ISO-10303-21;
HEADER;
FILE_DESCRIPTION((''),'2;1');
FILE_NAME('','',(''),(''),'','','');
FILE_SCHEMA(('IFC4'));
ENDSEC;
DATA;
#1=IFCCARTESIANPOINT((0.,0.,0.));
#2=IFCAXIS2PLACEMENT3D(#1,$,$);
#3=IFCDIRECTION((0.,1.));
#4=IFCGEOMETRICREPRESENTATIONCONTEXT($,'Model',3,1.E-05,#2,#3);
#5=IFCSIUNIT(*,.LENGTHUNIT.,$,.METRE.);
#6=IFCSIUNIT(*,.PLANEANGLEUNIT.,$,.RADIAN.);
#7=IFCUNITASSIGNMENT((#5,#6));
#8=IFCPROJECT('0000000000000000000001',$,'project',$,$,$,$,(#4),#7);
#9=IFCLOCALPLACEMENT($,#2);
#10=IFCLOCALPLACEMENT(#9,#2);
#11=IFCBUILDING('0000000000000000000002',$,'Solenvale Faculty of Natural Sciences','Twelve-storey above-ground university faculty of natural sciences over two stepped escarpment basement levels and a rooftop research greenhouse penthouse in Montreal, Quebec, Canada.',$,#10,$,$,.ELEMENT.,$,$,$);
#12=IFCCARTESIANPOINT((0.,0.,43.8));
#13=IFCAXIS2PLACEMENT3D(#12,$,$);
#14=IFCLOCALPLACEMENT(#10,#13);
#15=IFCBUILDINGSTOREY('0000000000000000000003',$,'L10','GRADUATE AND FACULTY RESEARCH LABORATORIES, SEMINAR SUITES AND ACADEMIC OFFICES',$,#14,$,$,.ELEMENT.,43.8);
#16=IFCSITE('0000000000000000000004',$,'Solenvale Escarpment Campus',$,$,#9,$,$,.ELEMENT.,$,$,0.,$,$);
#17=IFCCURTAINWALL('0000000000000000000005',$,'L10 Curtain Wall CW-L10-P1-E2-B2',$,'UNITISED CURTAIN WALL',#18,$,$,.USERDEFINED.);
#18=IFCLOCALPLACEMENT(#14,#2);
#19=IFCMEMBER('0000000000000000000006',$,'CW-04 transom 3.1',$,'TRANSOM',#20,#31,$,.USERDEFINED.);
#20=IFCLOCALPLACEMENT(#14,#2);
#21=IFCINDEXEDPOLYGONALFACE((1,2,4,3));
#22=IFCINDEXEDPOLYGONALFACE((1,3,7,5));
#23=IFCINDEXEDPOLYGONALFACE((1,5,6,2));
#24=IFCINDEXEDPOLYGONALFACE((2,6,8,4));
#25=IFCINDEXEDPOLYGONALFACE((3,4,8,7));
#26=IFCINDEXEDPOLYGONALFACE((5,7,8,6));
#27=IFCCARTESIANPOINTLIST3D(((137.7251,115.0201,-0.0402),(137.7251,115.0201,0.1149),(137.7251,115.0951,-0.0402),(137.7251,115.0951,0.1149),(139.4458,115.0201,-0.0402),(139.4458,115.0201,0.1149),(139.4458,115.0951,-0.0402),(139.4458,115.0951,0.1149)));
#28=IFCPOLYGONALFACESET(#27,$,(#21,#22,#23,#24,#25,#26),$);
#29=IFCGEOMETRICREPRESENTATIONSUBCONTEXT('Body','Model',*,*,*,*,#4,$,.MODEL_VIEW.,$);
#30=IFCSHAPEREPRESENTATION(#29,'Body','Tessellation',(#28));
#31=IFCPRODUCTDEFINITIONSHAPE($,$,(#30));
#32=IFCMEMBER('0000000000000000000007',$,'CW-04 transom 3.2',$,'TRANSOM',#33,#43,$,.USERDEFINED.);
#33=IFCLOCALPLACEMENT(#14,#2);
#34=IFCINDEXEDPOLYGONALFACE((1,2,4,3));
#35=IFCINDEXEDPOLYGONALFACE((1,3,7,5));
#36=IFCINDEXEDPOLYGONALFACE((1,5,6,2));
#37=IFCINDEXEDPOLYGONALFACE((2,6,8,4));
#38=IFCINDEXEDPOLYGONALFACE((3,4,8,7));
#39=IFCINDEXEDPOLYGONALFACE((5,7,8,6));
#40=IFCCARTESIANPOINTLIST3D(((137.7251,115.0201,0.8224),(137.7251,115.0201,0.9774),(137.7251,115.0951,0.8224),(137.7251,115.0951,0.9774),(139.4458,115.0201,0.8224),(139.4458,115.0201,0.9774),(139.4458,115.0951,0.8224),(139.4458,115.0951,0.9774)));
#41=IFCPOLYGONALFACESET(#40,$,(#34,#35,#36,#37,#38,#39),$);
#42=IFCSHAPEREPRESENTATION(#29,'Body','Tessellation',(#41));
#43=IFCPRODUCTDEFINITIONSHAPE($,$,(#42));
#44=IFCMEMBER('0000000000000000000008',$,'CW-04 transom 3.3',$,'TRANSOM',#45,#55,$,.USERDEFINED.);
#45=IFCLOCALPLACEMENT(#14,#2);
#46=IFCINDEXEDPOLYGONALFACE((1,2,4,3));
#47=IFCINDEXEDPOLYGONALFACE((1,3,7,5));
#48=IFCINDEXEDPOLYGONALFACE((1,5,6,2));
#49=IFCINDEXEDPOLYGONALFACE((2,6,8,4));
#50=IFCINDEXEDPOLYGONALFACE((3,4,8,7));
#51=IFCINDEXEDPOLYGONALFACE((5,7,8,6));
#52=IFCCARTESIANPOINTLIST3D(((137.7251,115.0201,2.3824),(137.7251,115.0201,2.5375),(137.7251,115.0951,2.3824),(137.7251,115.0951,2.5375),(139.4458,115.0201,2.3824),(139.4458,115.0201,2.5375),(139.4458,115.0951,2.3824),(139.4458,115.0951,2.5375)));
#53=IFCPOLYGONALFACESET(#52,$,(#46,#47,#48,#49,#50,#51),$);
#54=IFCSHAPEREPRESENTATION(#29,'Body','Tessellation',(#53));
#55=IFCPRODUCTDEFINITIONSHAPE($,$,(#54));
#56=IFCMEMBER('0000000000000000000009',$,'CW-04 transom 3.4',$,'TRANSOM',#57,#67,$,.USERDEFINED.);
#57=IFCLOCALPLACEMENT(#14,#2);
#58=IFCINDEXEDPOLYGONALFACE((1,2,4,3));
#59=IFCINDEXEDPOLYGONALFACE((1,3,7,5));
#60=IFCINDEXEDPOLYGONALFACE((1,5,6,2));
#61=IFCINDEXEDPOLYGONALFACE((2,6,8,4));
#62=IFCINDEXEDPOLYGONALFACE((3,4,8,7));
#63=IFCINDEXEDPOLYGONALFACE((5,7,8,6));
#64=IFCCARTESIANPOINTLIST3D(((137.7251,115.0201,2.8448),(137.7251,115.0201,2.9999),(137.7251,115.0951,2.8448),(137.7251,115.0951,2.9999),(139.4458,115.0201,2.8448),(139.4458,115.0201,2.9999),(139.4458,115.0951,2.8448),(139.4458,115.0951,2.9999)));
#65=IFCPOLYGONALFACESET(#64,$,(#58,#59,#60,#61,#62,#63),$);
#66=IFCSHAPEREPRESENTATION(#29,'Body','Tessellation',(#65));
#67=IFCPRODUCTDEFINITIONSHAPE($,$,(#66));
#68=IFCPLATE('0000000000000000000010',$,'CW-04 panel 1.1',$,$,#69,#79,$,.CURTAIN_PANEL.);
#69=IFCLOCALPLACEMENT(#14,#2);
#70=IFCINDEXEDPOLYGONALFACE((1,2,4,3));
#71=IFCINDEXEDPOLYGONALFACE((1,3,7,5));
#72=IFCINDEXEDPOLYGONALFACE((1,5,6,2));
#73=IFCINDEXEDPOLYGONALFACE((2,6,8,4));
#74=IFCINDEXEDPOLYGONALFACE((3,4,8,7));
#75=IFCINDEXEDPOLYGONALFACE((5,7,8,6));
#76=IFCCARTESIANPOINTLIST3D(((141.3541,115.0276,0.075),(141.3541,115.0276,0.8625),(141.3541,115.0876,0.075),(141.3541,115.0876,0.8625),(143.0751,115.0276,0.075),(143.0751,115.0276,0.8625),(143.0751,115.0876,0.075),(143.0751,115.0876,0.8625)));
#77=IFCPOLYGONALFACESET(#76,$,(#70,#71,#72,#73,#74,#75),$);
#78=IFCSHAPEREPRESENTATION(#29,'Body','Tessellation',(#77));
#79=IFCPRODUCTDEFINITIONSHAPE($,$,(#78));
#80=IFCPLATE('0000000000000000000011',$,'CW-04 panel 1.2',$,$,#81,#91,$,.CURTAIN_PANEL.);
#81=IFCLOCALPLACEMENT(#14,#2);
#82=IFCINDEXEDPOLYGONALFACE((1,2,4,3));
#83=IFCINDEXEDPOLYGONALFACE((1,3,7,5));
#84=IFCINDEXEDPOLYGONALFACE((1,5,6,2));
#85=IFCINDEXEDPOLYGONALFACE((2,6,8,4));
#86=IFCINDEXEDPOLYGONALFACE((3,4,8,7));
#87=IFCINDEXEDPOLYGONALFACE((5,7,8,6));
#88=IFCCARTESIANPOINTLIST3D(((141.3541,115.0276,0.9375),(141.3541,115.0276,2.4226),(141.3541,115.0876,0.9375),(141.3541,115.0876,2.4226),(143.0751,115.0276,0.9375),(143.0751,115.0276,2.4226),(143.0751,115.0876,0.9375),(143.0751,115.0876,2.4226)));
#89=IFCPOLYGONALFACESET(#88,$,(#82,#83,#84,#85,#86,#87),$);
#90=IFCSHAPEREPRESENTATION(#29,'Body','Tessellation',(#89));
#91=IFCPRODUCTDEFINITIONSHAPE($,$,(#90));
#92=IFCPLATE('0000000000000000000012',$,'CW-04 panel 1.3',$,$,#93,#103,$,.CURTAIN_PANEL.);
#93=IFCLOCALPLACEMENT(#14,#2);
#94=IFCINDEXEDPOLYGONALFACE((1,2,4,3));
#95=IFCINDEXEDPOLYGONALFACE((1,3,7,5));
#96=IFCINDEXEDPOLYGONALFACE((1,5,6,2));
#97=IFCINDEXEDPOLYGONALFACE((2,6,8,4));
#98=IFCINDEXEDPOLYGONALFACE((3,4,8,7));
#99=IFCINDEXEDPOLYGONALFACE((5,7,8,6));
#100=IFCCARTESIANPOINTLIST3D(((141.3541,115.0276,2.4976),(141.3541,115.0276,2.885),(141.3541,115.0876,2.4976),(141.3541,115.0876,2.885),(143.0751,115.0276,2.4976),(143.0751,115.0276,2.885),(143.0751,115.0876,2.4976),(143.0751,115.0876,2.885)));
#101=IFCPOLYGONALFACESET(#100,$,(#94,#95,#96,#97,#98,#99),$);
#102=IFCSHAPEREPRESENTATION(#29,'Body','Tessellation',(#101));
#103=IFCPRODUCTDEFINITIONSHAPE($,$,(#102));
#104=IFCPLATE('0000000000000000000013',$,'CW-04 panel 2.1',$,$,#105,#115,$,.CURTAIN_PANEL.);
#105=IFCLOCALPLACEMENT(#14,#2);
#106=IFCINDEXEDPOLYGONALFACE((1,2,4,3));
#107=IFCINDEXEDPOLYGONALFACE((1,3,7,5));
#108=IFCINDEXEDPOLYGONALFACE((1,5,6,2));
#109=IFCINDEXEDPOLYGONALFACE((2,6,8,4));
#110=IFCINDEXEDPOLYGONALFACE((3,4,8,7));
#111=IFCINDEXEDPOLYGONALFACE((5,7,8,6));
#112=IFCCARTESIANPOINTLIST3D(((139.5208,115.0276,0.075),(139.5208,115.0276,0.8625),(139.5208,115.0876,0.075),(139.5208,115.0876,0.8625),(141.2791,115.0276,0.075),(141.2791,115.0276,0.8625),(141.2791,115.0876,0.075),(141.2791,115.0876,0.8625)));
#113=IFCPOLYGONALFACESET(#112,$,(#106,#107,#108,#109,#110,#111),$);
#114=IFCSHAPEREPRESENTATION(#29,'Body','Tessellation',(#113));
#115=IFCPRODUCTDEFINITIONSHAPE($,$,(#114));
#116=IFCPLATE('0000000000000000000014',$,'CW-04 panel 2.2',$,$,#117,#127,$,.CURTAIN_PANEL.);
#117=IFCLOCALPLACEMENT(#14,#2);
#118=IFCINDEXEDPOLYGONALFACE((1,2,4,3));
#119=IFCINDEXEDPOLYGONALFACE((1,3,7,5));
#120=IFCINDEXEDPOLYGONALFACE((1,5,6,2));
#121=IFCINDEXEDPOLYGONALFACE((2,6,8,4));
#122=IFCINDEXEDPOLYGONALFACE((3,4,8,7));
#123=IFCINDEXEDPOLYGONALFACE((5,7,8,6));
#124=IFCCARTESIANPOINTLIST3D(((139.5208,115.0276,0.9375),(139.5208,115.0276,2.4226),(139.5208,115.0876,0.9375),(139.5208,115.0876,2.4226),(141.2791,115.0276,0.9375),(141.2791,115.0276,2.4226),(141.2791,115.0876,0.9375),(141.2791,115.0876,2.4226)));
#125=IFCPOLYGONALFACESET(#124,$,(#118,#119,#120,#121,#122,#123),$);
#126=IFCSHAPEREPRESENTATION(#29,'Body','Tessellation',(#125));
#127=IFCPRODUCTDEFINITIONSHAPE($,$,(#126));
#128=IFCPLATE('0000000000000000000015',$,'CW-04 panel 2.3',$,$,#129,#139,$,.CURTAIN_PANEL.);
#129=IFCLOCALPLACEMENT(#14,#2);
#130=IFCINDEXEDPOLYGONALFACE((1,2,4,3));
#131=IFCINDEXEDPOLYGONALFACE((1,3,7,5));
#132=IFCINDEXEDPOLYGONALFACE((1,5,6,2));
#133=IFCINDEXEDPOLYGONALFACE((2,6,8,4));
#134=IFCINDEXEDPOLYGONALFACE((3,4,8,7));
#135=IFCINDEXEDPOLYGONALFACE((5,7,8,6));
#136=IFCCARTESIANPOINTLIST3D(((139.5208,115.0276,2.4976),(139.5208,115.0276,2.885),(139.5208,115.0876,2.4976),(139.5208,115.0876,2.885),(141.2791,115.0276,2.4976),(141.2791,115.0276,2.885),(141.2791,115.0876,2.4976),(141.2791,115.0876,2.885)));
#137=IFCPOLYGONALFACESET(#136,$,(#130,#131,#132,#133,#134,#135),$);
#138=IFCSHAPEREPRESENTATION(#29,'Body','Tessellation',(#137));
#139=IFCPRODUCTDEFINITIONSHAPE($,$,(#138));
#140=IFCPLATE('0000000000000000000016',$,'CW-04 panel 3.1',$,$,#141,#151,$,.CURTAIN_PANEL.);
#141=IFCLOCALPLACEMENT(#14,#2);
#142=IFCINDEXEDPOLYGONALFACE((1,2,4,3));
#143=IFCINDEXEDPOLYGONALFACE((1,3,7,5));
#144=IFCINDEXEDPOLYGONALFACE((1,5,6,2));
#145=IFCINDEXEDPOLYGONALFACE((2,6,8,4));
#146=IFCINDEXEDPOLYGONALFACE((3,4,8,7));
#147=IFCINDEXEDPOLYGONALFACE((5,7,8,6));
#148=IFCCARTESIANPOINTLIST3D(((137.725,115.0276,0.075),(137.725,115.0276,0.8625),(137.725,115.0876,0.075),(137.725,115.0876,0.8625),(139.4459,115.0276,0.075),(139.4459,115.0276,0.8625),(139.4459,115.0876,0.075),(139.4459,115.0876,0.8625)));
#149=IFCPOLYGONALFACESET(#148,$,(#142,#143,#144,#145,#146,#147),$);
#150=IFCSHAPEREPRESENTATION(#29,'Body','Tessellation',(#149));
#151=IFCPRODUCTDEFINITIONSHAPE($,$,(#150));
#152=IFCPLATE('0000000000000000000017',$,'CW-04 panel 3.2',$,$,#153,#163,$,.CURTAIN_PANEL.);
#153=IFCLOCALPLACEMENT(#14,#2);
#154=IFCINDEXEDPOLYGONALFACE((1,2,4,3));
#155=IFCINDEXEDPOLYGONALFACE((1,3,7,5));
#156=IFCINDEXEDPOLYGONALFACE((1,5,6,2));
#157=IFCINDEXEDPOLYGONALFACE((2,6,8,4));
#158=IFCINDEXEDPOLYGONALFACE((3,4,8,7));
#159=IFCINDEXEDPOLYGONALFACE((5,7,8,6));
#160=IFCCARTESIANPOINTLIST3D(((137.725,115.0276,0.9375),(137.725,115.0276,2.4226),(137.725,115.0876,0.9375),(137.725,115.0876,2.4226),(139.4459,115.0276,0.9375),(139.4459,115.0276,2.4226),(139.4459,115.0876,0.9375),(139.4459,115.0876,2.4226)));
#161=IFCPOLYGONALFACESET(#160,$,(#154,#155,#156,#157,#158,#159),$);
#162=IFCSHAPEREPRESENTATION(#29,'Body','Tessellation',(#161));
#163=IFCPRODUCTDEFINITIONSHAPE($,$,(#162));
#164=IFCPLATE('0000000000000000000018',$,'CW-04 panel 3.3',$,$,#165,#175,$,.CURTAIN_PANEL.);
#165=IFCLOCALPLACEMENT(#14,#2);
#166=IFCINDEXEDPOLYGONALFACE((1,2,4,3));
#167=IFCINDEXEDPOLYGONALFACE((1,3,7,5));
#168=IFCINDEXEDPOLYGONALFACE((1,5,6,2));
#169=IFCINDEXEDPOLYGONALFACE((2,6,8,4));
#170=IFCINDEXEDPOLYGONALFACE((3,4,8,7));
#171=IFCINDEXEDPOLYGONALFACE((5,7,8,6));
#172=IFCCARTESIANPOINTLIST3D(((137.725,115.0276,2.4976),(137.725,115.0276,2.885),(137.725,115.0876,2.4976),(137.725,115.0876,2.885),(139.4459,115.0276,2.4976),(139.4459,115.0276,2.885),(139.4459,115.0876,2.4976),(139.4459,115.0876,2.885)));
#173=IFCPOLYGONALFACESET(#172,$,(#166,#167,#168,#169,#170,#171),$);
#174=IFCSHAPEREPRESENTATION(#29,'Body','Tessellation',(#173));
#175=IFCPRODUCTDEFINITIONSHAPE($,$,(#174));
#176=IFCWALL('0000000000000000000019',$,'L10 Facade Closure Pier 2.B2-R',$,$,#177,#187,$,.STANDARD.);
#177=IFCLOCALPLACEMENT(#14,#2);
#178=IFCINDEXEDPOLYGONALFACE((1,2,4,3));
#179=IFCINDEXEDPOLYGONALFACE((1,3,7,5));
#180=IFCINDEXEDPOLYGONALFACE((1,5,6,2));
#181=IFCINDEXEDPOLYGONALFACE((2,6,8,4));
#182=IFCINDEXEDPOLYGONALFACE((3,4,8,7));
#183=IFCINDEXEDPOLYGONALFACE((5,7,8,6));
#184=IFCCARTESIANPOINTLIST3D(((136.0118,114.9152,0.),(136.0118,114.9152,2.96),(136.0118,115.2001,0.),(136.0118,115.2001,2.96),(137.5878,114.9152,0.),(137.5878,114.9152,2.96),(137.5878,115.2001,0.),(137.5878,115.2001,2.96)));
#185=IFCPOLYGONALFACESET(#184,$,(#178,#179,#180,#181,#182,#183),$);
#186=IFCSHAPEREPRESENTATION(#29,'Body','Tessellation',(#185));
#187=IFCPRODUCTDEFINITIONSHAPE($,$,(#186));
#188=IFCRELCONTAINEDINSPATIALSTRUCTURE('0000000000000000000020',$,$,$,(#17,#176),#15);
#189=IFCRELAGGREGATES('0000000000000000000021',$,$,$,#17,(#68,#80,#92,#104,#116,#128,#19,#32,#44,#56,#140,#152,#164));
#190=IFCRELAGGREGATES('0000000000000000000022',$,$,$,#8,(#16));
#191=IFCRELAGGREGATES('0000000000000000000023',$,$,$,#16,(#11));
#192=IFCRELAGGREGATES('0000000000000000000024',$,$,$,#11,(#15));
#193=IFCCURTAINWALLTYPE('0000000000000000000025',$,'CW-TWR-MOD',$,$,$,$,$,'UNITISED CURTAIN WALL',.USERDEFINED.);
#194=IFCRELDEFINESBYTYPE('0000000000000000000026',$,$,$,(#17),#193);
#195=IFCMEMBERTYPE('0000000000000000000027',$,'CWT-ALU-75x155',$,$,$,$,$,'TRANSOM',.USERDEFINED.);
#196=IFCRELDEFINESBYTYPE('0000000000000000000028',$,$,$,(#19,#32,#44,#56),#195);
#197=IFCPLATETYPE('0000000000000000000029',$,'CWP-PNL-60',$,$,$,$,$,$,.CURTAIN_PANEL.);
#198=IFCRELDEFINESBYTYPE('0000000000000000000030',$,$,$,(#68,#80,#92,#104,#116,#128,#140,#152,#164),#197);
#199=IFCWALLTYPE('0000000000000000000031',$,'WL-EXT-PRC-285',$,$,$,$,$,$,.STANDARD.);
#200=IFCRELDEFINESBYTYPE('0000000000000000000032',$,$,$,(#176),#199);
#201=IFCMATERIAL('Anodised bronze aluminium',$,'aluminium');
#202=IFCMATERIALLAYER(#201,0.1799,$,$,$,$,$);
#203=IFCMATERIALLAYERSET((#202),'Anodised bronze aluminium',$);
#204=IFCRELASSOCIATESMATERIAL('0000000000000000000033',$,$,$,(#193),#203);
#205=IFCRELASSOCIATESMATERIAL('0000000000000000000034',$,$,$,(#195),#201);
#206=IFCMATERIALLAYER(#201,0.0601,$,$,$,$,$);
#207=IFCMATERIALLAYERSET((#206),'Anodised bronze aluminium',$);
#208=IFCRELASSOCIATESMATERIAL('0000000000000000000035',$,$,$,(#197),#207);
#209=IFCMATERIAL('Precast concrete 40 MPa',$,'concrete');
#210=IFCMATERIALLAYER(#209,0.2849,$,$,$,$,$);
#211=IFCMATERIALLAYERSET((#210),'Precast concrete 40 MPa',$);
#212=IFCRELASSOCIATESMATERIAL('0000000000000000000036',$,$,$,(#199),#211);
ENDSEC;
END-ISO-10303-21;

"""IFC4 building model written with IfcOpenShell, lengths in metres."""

from ifc_helpers import new_model, si_unit, direction, frame, frame_2d, origin, origin_2d, place, context, subcontext, project, spatial, rectangle, extrude, material, layer, layer_set, material_profile, profile_set, type_object, element, aggregate, save


model = new_model("IFC4")

# Units and contexts
model_context = context("Model", 3, precision=1e-05, world=origin(), true_north=direction((0.0, 1.0)))
body_context = subcontext(model_context, "Body", "Model", "MODEL_VIEW")
ifc_project = project(units=[si_unit("LENGTHUNIT", "METRE"), si_unit("PLANEANGLEUNIT", "RADIAN")], contexts=[model_context])

# Site, building, storey
site_placement = place(None, origin())
site = spatial("IfcSite", under=ifc_project, at=site_placement, Name="Solenvale Escarpment Campus", CompositionType="ELEMENT", RefElevation=0.0)
building_placement = place(site_placement, origin())
building = spatial("IfcBuilding", under=site, at=building_placement, Name="Solenvale Faculty of Natural Sciences", Description="Twelve-storey above-ground university faculty of natural sciences over two stepped escarpment basement levels and a rooftop research greenhouse penthouse in Montreal, Quebec, Canada.", CompositionType="ELEMENT")
storey_placement = place(building_placement, frame((0.0, 0.0, 43.8)))
storey = spatial("IfcBuildingStorey", under=building, at=storey_placement, Name="L10", Description="GRADUATE AND FACULTY RESEARCH LABORATORIES, SEMINAR SUITES AND ACADEMIC OFFICES", CompositionType="ELEMENT", Elevation=43.8)

# Shared definitions
ifc_material_1 = material(Name="Precast concrete 40 MPa", Category="concrete")

# Curtain wall, members, plates
ifc_material_2 = material(Name="Anodised bronze aluminium", Category="aluminium")
ifc_layer_1 = layer(ifc_material_2, 0.1799)
ifc_layer_set_1 = layer_set([ifc_layer_1], Name="Anodised bronze aluminium")
curtain_wall_type = type_object("IfcCurtainWallType", Name="CW-TWR-MOD", ElementType="UNITISED CURTAIN WALL", PredefinedType="USERDEFINED", material=ifc_layer_set_1)
curtain_wall_placement = place(storey_placement, origin())
curtain_wall = element("IfcCurtainWall", 1, at=curtain_wall_placement, inside=storey, type_object=curtain_wall_type, Name="L10 Curtain Wall CW-L10-P1-E2-B2", ObjectType="UNITISED CURTAIN WALL", PredefinedType="USERDEFINED")
ifc_material_profile_1 = material_profile(ifc_material_2, rectangle(XDim=0.075, YDim=0.155, at=origin_2d()), Name="ALU-TRN-75x155")
ifc_profile_set_1 = profile_set([ifc_material_profile_1], Name="Anodised bronze aluminium")
member_type_1 = type_object("IfcMemberType", Name="CWT-ALU-75x155", ElementType="TRANSOM", PredefinedType="USERDEFINED", material=ifc_profile_set_1)
member_1_placement = place(storey_placement, frame((139.4458, 115.0576, 0.0374), z_axis=(-1.0, 0.0, 0.0), x_axis=(0.0, -1.0, 0.0)))
member_1 = element("IfcMember", 2, at=member_1_placement, type_object=member_type_1, Name="CW-04 transom 3.1", ObjectType="TRANSOM", PredefinedType="USERDEFINED", context=body_context, shape_type="SweptSolid", body=[
    extrude(rectangle(XDim=0.075, YDim=0.155, at=origin_2d()), origin(), (0.0, 0.0, 1.0), 1.7207),
])
member_2_placement = place(storey_placement, frame((139.4458, 115.0576, 0.8999), z_axis=(-1.0, 0.0, 0.0), x_axis=(0.0, -1.0, 0.0)))
member_2 = element("IfcMember", 3, at=member_2_placement, type_object=member_type_1, Name="CW-04 transom 3.2", ObjectType="TRANSOM", PredefinedType="USERDEFINED", context=body_context, shape_type="SweptSolid", body=[
    extrude(rectangle(XDim=0.075, YDim=0.155, at=origin_2d()), origin(), (0.0, 0.0, 1.0), 1.7207),
])
member_3_placement = place(storey_placement, frame((139.4458, 115.0576, 2.46), z_axis=(-1.0, 0.0, 0.0), x_axis=(0.0, -1.0, 0.0)))
member_3 = element("IfcMember", 4, at=member_3_placement, type_object=member_type_1, Name="CW-04 transom 3.3", ObjectType="TRANSOM", PredefinedType="USERDEFINED", context=body_context, shape_type="SweptSolid", body=[
    extrude(rectangle(XDim=0.075, YDim=0.155, at=origin_2d()), origin(), (0.0, 0.0, 1.0), 1.7207),
])
member_4_placement = place(storey_placement, frame((139.4458, 115.0576, 2.9224), z_axis=(-1.0, 0.0, 0.0), x_axis=(0.0, -1.0, 0.0)))
member_4 = element("IfcMember", 5, at=member_4_placement, type_object=member_type_1, Name="CW-04 transom 3.4", ObjectType="TRANSOM", PredefinedType="USERDEFINED", context=body_context, shape_type="SweptSolid", body=[
    extrude(rectangle(XDim=0.075, YDim=0.155, at=origin_2d()), origin(), (0.0, 0.0, 1.0), 1.7207),
])
ifc_layer_2 = layer(ifc_material_2, 0.0601)
ifc_layer_set_2 = layer_set([ifc_layer_2], Name="Anodised bronze aluminium")
plate_type = type_object("IfcPlateType", Name="CWP-PNL-60", PredefinedType="CURTAIN_PANEL", material=ifc_layer_set_2)
plate_1_placement = place(storey_placement, frame((142.2146, 115.0576, 0.075), z_axis=(0.0, 0.0, 1.0), x_axis=(-1.0, 0.0, 0.0)))
plate_1 = element("IfcPlate", 6, at=plate_1_placement, type_object=plate_type, Name="CW-04 panel 1.1", PredefinedType="CURTAIN_PANEL", context=body_context, shape_type="SweptSolid", body=[
    extrude(rectangle(XDim=1.7209, YDim=0.0601, at=origin_2d()), origin(), (0.0, 0.0, 1.0), 0.7876),
])
plate_2_placement = place(storey_placement, frame((142.2146, 115.0576, 0.9375), z_axis=(0.0, 0.0, 1.0), x_axis=(-1.0, 0.0, 0.0)))
plate_2 = element("IfcPlate", 7, at=plate_2_placement, type_object=plate_type, Name="CW-04 panel 1.2", PredefinedType="CURTAIN_PANEL", context=body_context, shape_type="SweptSolid", body=[
    extrude(rectangle(XDim=1.7209, YDim=0.0601, at=origin_2d()), origin(), (0.0, 0.0, 1.0), 1.4851),
])
plate_3_placement = place(storey_placement, frame((142.2146, 115.0576, 2.4976), z_axis=(0.0, 0.0, 1.0), x_axis=(-1.0, 0.0, 0.0)))
plate_3 = element("IfcPlate", 8, at=plate_3_placement, type_object=plate_type, Name="CW-04 panel 1.3", PredefinedType="CURTAIN_PANEL", context=body_context, shape_type="SweptSolid", body=[
    extrude(rectangle(XDim=1.7209, YDim=0.0601, at=origin_2d()), origin(), (0.0, 0.0, 1.0), 0.3875),
])
plate_4_placement = place(storey_placement, frame((140.3999, 115.0576, 0.075), z_axis=(0.0, 0.0, 1.0), x_axis=(-1.0, 0.0, 0.0)))
plate_4 = element("IfcPlate", 9, at=plate_4_placement, type_object=plate_type, Name="CW-04 panel 2.1", PredefinedType="CURTAIN_PANEL", context=body_context, shape_type="SweptSolid", body=[
    extrude(rectangle(XDim=1.7583, YDim=0.0601, at=origin_2d()), origin(), (0.0, 0.0, 1.0), 0.7876),
])
plate_5_placement = place(storey_placement, frame((140.3999, 115.0576, 0.9375), z_axis=(0.0, 0.0, 1.0), x_axis=(-1.0, 0.0, 0.0)))
plate_5 = element("IfcPlate", 10, at=plate_5_placement, type_object=plate_type, Name="CW-04 panel 2.2", PredefinedType="CURTAIN_PANEL", context=body_context, shape_type="SweptSolid", body=[
    extrude(rectangle(XDim=1.7583, YDim=0.0601, at=origin_2d()), origin(), (0.0, 0.0, 1.0), 1.4851),
])
plate_6_placement = place(storey_placement, frame((140.3999, 115.0576, 2.4976), z_axis=(0.0, 0.0, 1.0), x_axis=(-1.0, 0.0, 0.0)))
plate_6 = element("IfcPlate", 11, at=plate_6_placement, type_object=plate_type, Name="CW-04 panel 2.3", PredefinedType="CURTAIN_PANEL", context=body_context, shape_type="SweptSolid", body=[
    extrude(rectangle(XDim=1.7583, YDim=0.0601, at=origin_2d()), origin(), (0.0, 0.0, 1.0), 0.3875),
])
plate_7_placement = place(storey_placement, frame((138.5854, 115.0576, 0.075), z_axis=(0.0, 0.0, 1.0), x_axis=(-1.0, 0.0, 0.0)))
plate_7 = element("IfcPlate", 12, at=plate_7_placement, type_object=plate_type, Name="CW-04 panel 3.1", PredefinedType="CURTAIN_PANEL", context=body_context, shape_type="SweptSolid", body=[
    extrude(rectangle(XDim=1.7209, YDim=0.0601, at=origin_2d()), origin(), (0.0, 0.0, 1.0), 0.7876),
])
plate_8_placement = place(storey_placement, frame((138.5854, 115.0576, 0.9375), z_axis=(0.0, 0.0, 1.0), x_axis=(-1.0, 0.0, 0.0)))
plate_8 = element("IfcPlate", 13, at=plate_8_placement, type_object=plate_type, Name="CW-04 panel 3.2", PredefinedType="CURTAIN_PANEL", context=body_context, shape_type="SweptSolid", body=[
    extrude(rectangle(XDim=1.7209, YDim=0.0601, at=origin_2d()), origin(), (0.0, 0.0, 1.0), 1.4851),
])
plate_9_placement = place(storey_placement, frame((138.5854, 115.0576, 2.4976), z_axis=(0.0, 0.0, 1.0), x_axis=(-1.0, 0.0, 0.0)))
plate_9 = element("IfcPlate", 14, at=plate_9_placement, type_object=plate_type, Name="CW-04 panel 3.3", PredefinedType="CURTAIN_PANEL", context=body_context, shape_type="SweptSolid", body=[
    extrude(rectangle(XDim=1.7209, YDim=0.0601, at=origin_2d()), origin(), (0.0, 0.0, 1.0), 0.3875),
])
aggregate(curtain_wall, [plate_1, plate_2, plate_3, plate_4, plate_5, plate_6, member_1, member_2, member_3, member_4, plate_7, plate_8, plate_9])

# Wall
ifc_layer_3 = layer(ifc_material_1, 0.2849)
ifc_layer_set_3 = layer_set([ifc_layer_3], Name="Precast concrete 40 MPa")
wall_type = type_object("IfcWallType", Name="WL-EXT-PRC-285", PredefinedType="STANDARD", material=ifc_layer_set_3)
wall_placement = place(storey_placement, frame((137.5879, 115.0576, 0.0), z_axis=(0.0, 0.0, 1.0), x_axis=(-1.0, 0.0, 0.0)))
element("IfcWall", 15, at=wall_placement, inside=storey, type_object=wall_type, Name="L10 Facade Closure Pier 2.B2-R", PredefinedType="STANDARD", context=body_context, shape_type="SweptSolid", body=[
    extrude(rectangle(XDim=1.5759, YDim=0.2849, at=frame_2d((0.7881, 0.0))), origin(), (0.0, 0.0, 1.0), 2.96),
])

save(model, "model.ifc")
